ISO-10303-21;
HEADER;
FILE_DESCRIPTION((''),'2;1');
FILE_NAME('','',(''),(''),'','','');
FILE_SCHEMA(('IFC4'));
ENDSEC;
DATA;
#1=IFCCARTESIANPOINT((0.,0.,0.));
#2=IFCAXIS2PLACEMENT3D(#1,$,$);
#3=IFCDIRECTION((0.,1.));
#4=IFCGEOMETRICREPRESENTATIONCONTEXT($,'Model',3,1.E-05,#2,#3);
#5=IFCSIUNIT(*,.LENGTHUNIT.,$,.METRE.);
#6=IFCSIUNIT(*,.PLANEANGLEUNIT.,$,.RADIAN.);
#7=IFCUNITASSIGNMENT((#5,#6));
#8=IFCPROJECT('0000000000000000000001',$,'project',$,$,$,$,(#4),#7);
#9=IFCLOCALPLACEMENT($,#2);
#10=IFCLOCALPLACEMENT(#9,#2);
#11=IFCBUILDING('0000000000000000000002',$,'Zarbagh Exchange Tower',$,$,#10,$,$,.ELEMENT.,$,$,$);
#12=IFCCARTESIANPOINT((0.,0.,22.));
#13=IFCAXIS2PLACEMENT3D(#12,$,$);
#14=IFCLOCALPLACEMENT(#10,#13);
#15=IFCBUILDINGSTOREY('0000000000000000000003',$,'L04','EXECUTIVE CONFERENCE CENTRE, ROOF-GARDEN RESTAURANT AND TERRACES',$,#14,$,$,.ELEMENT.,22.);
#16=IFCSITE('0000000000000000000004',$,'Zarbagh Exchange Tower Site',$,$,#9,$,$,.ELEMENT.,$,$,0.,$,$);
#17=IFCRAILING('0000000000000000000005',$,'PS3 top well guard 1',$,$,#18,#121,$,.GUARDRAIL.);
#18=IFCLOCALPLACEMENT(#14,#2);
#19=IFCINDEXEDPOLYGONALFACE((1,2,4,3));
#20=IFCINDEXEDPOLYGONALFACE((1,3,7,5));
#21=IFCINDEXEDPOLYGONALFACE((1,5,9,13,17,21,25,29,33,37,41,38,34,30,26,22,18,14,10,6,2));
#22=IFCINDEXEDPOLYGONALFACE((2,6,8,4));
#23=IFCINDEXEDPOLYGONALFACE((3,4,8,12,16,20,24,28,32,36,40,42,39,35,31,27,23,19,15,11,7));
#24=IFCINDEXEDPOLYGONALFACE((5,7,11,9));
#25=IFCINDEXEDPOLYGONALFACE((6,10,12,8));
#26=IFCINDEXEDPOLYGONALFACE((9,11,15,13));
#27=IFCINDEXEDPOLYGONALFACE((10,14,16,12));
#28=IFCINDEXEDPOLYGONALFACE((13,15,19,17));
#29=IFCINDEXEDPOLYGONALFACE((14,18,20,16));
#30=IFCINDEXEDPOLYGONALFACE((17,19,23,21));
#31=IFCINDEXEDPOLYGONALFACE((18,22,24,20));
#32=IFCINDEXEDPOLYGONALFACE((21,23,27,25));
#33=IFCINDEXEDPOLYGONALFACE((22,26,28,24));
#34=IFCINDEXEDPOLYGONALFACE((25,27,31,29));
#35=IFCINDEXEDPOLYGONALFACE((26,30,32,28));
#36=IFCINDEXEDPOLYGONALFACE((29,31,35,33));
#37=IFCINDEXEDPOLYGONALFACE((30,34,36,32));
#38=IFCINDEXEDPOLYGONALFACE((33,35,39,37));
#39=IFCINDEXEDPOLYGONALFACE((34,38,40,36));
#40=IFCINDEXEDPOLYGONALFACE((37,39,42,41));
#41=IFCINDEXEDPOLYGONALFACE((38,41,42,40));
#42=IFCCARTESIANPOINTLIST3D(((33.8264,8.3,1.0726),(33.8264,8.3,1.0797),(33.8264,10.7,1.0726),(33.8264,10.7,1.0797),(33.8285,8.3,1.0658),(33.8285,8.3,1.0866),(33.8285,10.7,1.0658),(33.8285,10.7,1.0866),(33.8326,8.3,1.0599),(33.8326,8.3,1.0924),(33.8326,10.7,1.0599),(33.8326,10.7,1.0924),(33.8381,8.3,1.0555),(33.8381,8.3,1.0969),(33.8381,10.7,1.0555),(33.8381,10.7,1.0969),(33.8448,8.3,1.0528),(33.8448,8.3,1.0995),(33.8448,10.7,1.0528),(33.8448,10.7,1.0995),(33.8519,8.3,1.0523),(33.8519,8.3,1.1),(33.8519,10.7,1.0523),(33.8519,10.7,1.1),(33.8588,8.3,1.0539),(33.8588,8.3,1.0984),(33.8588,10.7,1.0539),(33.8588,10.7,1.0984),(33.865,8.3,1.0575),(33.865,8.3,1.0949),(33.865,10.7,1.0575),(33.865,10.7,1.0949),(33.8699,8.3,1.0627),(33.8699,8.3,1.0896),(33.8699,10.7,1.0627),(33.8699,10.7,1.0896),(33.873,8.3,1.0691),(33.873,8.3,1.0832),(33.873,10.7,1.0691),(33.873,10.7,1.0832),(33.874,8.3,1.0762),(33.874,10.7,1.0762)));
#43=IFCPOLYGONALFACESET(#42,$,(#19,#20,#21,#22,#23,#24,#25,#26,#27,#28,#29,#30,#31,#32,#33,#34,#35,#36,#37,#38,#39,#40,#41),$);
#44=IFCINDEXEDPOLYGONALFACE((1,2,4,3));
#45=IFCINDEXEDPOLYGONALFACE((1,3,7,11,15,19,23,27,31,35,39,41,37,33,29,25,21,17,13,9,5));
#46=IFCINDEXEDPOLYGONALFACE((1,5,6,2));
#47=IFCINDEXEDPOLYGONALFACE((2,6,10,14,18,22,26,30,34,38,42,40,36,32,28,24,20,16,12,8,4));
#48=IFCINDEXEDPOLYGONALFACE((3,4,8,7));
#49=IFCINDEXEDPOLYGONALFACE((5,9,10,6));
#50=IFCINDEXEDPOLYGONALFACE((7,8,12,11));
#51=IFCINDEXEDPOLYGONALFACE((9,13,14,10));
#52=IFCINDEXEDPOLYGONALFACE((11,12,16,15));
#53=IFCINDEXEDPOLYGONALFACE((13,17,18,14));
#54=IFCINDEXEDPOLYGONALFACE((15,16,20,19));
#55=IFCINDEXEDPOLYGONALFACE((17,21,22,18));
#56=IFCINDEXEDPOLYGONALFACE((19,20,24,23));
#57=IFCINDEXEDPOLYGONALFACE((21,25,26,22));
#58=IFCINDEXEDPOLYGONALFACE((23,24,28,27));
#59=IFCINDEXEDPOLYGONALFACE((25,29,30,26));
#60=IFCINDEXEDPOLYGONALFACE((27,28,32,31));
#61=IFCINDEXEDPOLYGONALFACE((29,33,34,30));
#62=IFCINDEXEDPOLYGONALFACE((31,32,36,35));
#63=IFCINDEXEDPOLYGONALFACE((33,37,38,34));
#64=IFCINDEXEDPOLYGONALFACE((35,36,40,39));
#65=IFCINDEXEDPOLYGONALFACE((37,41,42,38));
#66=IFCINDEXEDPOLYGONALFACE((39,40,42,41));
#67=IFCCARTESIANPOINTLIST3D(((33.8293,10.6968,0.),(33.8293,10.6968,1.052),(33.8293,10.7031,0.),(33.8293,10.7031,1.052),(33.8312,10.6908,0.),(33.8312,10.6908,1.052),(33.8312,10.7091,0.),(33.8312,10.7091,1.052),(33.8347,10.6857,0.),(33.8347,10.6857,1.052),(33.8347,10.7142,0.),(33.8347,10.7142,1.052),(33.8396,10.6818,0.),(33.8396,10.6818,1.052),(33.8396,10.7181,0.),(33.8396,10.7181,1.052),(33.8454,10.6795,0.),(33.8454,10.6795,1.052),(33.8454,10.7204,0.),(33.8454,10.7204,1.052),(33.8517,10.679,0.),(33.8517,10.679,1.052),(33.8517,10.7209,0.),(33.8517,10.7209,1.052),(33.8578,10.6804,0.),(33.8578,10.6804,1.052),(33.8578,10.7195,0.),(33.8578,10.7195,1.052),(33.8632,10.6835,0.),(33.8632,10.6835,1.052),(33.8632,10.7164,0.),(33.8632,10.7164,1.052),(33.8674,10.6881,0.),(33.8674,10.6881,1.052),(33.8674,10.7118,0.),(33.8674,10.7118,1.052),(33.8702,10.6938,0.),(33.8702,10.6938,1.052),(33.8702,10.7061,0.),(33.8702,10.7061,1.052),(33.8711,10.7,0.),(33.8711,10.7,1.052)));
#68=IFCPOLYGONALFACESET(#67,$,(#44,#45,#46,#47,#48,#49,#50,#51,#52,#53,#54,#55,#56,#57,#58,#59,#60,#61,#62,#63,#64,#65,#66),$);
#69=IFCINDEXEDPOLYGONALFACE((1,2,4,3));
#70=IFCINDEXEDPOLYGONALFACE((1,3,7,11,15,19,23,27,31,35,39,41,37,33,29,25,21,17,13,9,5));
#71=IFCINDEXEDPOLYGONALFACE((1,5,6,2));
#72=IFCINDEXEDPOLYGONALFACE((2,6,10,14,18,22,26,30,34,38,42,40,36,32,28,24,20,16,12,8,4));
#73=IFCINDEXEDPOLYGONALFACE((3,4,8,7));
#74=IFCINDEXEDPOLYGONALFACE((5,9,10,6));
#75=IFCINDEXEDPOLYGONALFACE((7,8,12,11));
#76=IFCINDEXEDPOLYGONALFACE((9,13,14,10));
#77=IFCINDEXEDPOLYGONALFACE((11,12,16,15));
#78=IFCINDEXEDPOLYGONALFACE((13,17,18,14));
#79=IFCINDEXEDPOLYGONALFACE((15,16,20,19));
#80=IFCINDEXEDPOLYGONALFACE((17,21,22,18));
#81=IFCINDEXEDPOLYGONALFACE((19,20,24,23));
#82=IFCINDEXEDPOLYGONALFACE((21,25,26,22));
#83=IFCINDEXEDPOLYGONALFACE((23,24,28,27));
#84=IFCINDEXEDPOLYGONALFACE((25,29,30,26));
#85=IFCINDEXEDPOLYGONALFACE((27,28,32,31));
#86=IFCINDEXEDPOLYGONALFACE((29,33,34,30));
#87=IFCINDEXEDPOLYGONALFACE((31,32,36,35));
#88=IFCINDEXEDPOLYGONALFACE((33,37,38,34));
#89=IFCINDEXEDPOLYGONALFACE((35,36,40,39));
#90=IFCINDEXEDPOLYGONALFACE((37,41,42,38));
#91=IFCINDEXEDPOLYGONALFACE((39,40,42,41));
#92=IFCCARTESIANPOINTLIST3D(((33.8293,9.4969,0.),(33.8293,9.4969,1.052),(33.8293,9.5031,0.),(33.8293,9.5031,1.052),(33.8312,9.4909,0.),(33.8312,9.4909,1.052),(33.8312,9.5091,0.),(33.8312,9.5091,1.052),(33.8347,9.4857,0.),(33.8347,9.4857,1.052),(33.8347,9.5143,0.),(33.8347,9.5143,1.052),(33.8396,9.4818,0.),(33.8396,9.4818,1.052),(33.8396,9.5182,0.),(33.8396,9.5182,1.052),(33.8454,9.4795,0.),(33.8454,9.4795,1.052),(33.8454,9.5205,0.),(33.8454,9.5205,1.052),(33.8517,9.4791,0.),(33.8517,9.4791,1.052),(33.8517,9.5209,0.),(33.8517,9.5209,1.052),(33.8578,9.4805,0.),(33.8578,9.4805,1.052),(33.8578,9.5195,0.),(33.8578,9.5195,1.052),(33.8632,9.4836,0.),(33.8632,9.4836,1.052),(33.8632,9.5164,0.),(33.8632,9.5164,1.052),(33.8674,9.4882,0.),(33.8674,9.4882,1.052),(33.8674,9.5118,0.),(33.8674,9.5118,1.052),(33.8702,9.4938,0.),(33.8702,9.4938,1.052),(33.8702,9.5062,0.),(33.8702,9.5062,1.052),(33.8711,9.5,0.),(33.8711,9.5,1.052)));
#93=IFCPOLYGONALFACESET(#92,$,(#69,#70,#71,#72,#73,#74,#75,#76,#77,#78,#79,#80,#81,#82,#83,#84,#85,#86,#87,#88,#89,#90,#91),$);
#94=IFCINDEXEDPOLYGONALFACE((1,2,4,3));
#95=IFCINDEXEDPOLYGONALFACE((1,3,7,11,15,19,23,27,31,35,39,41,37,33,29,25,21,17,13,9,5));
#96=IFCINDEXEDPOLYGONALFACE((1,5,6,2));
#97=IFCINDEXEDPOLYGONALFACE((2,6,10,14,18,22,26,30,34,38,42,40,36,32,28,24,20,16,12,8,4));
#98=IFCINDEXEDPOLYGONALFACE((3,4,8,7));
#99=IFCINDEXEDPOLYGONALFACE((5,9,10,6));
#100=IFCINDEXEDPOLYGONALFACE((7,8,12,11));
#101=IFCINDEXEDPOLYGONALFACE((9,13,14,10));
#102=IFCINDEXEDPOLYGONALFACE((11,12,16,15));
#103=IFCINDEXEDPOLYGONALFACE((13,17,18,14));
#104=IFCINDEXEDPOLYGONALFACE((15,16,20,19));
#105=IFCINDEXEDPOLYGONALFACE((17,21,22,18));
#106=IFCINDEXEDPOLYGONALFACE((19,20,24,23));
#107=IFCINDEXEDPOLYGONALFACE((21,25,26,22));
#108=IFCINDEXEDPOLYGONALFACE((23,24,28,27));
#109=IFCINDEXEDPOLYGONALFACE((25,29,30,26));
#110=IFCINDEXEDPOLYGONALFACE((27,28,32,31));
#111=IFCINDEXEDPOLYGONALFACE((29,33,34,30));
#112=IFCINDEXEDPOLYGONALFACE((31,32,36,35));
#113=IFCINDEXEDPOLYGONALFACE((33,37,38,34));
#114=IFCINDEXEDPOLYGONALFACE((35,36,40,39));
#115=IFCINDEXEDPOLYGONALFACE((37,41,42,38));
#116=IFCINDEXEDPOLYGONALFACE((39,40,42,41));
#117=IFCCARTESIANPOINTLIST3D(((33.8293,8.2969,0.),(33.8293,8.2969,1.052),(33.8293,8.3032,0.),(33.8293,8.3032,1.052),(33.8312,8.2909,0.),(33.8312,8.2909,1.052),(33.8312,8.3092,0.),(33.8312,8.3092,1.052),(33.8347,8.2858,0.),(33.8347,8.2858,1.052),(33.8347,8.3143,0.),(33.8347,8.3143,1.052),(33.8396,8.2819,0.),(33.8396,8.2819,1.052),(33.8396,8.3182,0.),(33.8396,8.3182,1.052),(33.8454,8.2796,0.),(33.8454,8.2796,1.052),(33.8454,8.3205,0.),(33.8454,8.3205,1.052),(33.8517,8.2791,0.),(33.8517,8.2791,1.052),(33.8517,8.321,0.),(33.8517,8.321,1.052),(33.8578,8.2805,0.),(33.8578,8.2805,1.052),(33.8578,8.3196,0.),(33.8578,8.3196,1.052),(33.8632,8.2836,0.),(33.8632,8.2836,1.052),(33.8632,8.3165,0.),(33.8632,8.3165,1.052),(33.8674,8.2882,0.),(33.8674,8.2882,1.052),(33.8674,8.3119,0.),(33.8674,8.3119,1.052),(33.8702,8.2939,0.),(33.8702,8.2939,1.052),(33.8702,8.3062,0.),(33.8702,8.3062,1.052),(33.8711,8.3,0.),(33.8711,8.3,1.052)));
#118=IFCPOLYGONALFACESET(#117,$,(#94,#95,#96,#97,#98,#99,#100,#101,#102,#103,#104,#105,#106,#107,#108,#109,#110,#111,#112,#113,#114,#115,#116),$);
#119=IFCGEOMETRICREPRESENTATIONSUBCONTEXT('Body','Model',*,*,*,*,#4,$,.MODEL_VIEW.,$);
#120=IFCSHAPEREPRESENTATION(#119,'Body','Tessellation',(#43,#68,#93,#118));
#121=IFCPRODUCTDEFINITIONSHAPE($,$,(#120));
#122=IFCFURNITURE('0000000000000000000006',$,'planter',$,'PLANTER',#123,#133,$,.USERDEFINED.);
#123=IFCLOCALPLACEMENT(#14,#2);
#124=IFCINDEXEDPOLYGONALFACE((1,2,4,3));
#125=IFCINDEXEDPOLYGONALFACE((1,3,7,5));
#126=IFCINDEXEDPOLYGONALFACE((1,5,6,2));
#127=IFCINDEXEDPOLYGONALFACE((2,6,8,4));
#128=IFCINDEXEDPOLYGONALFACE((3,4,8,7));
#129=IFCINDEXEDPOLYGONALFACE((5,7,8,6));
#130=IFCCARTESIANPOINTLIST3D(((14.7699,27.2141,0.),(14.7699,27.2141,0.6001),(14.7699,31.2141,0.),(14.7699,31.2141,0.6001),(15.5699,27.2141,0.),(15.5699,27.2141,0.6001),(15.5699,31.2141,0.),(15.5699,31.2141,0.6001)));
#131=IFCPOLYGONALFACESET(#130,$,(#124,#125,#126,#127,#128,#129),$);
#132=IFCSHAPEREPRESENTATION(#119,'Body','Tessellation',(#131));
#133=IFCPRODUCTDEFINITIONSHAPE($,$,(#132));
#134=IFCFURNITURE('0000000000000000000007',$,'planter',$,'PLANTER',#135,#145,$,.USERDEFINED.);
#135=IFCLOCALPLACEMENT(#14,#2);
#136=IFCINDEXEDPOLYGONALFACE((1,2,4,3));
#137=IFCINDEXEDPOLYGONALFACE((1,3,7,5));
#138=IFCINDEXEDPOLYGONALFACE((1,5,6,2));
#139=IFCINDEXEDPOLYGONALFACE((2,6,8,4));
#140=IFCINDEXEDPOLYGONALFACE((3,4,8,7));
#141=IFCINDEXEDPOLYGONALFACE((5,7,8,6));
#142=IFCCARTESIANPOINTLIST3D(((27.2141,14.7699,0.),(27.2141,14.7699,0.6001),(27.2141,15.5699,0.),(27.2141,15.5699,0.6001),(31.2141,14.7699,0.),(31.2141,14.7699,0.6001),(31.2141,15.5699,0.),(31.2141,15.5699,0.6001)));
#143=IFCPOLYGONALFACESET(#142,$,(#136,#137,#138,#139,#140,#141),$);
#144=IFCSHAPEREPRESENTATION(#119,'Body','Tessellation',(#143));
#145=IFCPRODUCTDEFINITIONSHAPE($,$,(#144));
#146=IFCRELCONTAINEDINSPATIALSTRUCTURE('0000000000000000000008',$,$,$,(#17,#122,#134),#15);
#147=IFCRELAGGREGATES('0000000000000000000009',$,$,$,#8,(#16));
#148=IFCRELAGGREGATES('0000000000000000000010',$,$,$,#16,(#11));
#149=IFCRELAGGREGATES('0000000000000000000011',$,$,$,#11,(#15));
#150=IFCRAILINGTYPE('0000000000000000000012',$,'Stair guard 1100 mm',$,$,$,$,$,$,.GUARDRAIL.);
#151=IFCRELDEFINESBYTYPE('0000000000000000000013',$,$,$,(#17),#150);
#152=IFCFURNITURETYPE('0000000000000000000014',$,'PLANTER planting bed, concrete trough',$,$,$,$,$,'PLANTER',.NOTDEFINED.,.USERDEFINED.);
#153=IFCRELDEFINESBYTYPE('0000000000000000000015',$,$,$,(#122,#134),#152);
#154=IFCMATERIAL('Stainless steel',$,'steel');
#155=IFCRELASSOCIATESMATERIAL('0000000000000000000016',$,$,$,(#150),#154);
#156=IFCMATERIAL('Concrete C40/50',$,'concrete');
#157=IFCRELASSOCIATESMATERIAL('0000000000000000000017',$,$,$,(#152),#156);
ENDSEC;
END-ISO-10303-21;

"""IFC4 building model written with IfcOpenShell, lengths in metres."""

from ifc_helpers import new_model, si_unit, direction, frame, origin, origin_2d, place, context, subcontext, project, spatial, rectangle, circle, extrude, material, type_object, element, save


model = new_model("IFC4")

# Units and contexts
model_context = context("Model", 3, precision=1e-05, world=origin(), true_north=direction((0.0, 1.0)))
body_context = subcontext(model_context, "Body", "Model", "MODEL_VIEW")
ifc_project = project(units=[si_unit("LENGTHUNIT", "METRE"), si_unit("PLANEANGLEUNIT", "RADIAN")], contexts=[model_context])

# Site, building, storey
site_placement = place(None, origin())
site = spatial("IfcSite", under=ifc_project, at=site_placement, Name="Zarbagh Exchange Tower Site", CompositionType="ELEMENT", RefElevation=0.0)
building_placement = place(site_placement, origin())
building = spatial("IfcBuilding", under=site, at=building_placement, Name="Zarbagh Exchange Tower", CompositionType="ELEMENT")
storey_placement = place(building_placement, frame((0.0, 0.0, 22.0)))
storey = spatial("IfcBuildingStorey", under=building, at=storey_placement, Name="L04", Description="EXECUTIVE CONFERENCE CENTRE, ROOF-GARDEN RESTAURANT AND TERRACES", CompositionType="ELEMENT", Elevation=22.0)

# Shared definitions
ifc_material_1 = material(Name="Concrete C40/50", Category="concrete")

# Railing
ifc_material_2 = material(Name="Stainless steel", Category="steel")
railing_type_1 = type_object("IfcRailingType", Name="Stair guard 1100 mm", PredefinedType="GUARDRAIL", material=ifc_material_2)
railing_1_placement = place(storey_placement, frame((33.8501, 10.7, 0.0)))
element("IfcRailing", 1, at=railing_1_placement, inside=storey, type_object=railing_type_1, Name="PS3 top well guard 1", PredefinedType="GUARDRAIL", context=body_context, shape_type="SweptSolid", body=[
    extrude(circle(Radius=0.0239, at=origin_2d()), frame((0.0, 0.0, 1.0762), z_axis=(0.0, -1.0, 0.0), x_axis=(1.0, 0.0, 0.0)), (0.0, 0.0, 1.0), 2.3999),
    extrude(circle(Radius=0.021, at=origin_2d()), origin(), (0.0, 0.0, 1.0), 1.052),
    extrude(circle(Radius=0.021, at=origin_2d()), frame((0.0, -1.2, 0.0)), (0.0, 0.0, 1.0), 1.052),
    extrude(circle(Radius=0.021, at=origin_2d()), frame((0.0, -2.3999, 0.0)), (0.0, 0.0, 1.0), 1.052),
])

# Furniture
furniture_type = type_object("IfcFurnitureType", Name="PLANTER planting bed, concrete trough", ElementType="PLANTER", AssemblyPlace="NOTDEFINED", PredefinedType="USERDEFINED", material=ifc_material_1)
for number, where, z_axis, x_axis, name in (
    (2, (15.1699, 29.2141, 0.0), (0.0, 0.0, 1.0), (0.0, -1.0, 0.0), "planter"),
    (3, (29.2141, 15.1699, 0.0), (0.0, 0.0, 1.0), (1.0, 0.0, 0.0), "planter"),
):
    element("IfcFurniture", number, at=place(storey_placement, frame(where, z_axis=z_axis, x_axis=x_axis)), inside=storey, type_object=furniture_type, Name=name, ObjectType="PLANTER", PredefinedType="USERDEFINED", context=body_context, shape_type="SweptSolid", body=[
        extrude(rectangle(XDim=4.0, YDim=0.8, at=origin_2d()), origin(), (0.0, 0.0, 1.0), 0.6001),
    ])

save(model, "model.ifc")
